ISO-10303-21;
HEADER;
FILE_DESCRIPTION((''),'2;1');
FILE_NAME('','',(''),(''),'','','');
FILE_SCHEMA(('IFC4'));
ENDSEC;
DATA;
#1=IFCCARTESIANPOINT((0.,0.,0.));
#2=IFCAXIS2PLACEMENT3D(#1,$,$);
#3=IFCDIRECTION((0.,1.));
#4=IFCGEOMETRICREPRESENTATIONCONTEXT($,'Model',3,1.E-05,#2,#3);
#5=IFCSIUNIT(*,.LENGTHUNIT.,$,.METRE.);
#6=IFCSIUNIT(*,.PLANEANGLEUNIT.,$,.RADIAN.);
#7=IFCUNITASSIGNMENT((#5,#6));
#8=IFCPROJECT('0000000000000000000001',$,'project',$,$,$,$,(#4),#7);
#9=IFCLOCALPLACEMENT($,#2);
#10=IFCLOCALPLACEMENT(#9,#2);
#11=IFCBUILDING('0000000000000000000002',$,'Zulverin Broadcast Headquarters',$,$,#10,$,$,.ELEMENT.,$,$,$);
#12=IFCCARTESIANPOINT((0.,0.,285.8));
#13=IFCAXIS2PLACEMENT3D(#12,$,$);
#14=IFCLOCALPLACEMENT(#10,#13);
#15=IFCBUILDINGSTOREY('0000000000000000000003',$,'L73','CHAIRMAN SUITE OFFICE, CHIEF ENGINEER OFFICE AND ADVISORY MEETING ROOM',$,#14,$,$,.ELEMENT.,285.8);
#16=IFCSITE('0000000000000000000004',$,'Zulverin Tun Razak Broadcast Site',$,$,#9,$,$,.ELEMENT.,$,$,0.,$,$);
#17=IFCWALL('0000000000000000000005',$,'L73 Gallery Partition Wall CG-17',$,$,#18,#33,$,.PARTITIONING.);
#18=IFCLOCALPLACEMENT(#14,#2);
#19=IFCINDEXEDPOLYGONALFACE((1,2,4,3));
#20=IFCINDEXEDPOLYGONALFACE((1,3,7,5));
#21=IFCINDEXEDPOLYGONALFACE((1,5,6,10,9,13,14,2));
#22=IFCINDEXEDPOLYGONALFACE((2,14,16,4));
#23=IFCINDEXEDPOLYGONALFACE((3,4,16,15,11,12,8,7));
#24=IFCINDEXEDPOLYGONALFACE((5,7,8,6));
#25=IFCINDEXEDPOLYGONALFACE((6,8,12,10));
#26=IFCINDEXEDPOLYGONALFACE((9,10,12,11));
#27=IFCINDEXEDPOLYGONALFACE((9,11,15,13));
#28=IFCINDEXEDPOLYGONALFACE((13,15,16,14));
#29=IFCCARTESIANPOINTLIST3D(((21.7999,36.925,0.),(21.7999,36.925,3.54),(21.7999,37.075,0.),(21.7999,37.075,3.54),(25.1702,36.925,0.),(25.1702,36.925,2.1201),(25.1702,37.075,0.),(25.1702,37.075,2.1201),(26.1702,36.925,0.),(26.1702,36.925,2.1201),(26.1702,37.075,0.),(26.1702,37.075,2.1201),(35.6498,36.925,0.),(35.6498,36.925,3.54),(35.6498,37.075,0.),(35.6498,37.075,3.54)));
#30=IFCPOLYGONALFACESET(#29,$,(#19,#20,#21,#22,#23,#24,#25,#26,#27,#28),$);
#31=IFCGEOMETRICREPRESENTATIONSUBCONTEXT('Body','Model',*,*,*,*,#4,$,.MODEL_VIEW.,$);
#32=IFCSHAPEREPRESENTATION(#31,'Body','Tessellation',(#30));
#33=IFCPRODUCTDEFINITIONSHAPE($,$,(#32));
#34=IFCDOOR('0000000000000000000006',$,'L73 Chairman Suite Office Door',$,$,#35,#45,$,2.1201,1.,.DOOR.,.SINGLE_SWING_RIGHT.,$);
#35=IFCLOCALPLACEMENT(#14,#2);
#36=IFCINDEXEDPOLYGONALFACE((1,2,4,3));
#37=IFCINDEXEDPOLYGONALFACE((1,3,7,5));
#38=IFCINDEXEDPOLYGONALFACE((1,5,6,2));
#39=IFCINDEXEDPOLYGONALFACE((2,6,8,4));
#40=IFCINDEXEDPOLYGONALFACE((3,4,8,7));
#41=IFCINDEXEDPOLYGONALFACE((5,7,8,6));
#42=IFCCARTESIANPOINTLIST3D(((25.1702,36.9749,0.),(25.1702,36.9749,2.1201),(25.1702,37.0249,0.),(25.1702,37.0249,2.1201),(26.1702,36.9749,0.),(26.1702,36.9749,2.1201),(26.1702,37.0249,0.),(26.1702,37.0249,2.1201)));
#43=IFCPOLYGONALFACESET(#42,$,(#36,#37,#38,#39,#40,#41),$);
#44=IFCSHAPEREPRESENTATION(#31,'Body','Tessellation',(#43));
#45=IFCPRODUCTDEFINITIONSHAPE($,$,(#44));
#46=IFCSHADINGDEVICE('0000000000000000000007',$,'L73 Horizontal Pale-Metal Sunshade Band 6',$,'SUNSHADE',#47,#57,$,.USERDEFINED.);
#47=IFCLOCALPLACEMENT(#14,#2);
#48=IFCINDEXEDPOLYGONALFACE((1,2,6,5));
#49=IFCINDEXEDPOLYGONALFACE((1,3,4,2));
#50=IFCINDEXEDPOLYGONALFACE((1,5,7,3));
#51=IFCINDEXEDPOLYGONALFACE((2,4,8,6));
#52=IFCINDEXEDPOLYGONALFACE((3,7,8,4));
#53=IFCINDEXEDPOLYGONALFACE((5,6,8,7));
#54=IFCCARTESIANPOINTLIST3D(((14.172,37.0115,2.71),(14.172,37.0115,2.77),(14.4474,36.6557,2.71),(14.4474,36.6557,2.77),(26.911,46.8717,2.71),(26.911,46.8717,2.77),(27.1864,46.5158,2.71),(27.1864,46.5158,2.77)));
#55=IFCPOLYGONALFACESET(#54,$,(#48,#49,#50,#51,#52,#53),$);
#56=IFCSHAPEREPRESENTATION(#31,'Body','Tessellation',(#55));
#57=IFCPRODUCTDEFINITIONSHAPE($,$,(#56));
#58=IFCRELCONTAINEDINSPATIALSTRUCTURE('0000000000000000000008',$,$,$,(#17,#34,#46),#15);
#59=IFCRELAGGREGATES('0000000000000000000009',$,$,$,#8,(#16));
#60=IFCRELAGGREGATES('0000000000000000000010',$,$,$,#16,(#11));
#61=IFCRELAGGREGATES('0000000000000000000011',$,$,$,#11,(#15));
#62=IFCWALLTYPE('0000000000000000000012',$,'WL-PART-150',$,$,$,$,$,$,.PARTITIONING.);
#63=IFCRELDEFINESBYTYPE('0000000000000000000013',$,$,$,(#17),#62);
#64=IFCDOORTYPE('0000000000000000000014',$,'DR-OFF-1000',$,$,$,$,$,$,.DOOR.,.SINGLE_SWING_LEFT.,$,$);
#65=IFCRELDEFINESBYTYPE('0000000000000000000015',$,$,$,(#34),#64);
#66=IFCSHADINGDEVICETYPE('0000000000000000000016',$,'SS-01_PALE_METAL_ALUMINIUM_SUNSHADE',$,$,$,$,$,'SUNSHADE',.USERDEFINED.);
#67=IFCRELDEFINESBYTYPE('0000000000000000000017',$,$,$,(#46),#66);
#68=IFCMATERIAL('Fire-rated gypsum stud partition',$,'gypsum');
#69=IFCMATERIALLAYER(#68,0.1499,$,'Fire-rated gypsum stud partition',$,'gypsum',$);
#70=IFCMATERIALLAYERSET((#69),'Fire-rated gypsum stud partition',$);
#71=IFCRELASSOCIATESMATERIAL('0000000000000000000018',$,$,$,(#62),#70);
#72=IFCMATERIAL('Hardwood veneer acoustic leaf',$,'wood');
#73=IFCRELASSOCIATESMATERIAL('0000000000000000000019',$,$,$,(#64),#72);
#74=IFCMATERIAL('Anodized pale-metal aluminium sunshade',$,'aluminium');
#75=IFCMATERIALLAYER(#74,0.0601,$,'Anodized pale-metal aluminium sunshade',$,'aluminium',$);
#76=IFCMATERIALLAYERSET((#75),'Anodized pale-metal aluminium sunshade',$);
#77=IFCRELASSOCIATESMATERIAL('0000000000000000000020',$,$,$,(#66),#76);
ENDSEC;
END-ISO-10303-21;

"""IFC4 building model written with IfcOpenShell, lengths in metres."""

from ifc_helpers import new_model, si_unit, direction, frame, frame_2d, origin, origin_2d, place, context, subcontext, project, spatial, rectangle, extrude, material, layer, layer_set, type_object, element, fill, save


model = new_model("IFC4")

# Units and contexts
model_context = context("Model", 3, precision=1e-05, world=origin(), true_north=direction((0.0, 1.0)))
body_context = subcontext(model_context, "Body", "Model", "MODEL_VIEW")
ifc_project = project(units=[si_unit("LENGTHUNIT", "METRE"), si_unit("PLANEANGLEUNIT", "RADIAN")], contexts=[model_context])

# Site, building, storey
site_placement = place(None, origin())
site = spatial("IfcSite", under=ifc_project, at=site_placement, Name="Zulverin Tun Razak Broadcast Site", CompositionType="ELEMENT", RefElevation=0.0)
building_placement = place(site_placement, origin())
building = spatial("IfcBuilding", under=site, at=building_placement, Name="Zulverin Broadcast Headquarters", CompositionType="ELEMENT")
storey_placement = place(building_placement, frame((0.0, 0.0, 285.8)))
storey = spatial("IfcBuildingStorey", under=building, at=storey_placement, Name="L73", Description="CHAIRMAN SUITE OFFICE, CHIEF ENGINEER OFFICE AND ADVISORY MEETING ROOM", CompositionType="ELEMENT", Elevation=285.8)

# Shared definitions
ifc_material_1 = material(Name="Fire-rated gypsum stud partition", Category="gypsum")
ifc_layer_1 = layer(ifc_material_1, 0.1499, Name="Fire-rated gypsum stud partition", Category="gypsum")
ifc_layer_set_1 = layer_set([ifc_layer_1], Name="Fire-rated gypsum stud partition")
wall_type_1 = type_object("IfcWallType", Name="WL-PART-150", PredefinedType="PARTITIONING", material=ifc_layer_set_1)

# Wall, opening, door
wall_1_placement = place(storey_placement, frame((21.8, 37.0, 0.0), z_axis=(0.0, 0.0, 1.0), x_axis=(1.0, 0.0, 0.0)))
wall_1 = element("IfcWall", 1, at=wall_1_placement, inside=storey, type_object=wall_type_1, Name="L73 Gallery Partition Wall CG-17", PredefinedType="PARTITIONING", context=body_context, shape_type="SweptSolid", body=[
    extrude(rectangle(XDim=13.8499, YDim=0.1499, at=frame_2d((6.9248, 0.0))), origin(), (0.0, 0.0, 1.0), 3.54),
])
opening_1_placement = place(wall_1_placement, frame((3.3701, 0.0, 0.0)))
opening_1 = element("IfcOpeningElement", 2, at=opening_1_placement, cuts=wall_1, PredefinedType="OPENING", context=body_context, shape_type="SweptSolid", body=[
    extrude(rectangle(XDim=1.0, YDim=2.1201, at=frame_2d((0.5, 1.0601))), frame((0.0, 0.085, 0.0), z_axis=(0.0, -1.0, 0.0), x_axis=(1.0, 0.0, 0.0)), (0.0, 0.0, 1.0), 0.1699),
])
ifc_material_2 = material(Name="Hardwood veneer acoustic leaf", Category="wood")
door_type_1 = type_object("IfcDoorType", Name="DR-OFF-1000", OperationType="SINGLE_SWING_LEFT", PredefinedType="DOOR", material=ifc_material_2)
door_1_placement = place(opening_1_placement, origin())
door_1 = element("IfcDoor", 3, at=door_1_placement, inside=storey, type_object=door_type_1, Name="L73 Chairman Suite Office Door", OperationType="SINGLE_SWING_RIGHT", OverallHeight=2.1201, OverallWidth=1.0, PredefinedType="DOOR", context=body_context, shape_type="SweptSolid", body=[
    extrude(rectangle(XDim=1.0, YDim=2.1201, at=frame_2d((0.5, 1.0601))), frame((0.0, 0.0249, 0.0), z_axis=(0.0, -1.0, 0.0), x_axis=(1.0, 0.0, 0.0)), (0.0, 0.0, 1.0), 0.05),
])
fill(opening_1, door_1)

# Shading device
ifc_material_3 = material(Name="Anodized pale-metal aluminium sunshade", Category="aluminium")
ifc_layer_2 = layer(ifc_material_3, 0.0601, Name="Anodized pale-metal aluminium sunshade", Category="aluminium")
ifc_layer_set_2 = layer_set([ifc_layer_2], Name="Anodized pale-metal aluminium sunshade")
shading_device_type = type_object("IfcShadingDeviceType", Name="SS-01_PALE_METAL_ALUMINIUM_SUNSHADE", ElementType="SUNSHADE", PredefinedType="USERDEFINED", material=ifc_layer_set_2)
shading_device_placement = place(storey_placement, frame((20.6792, 41.7637, 2.71), z_axis=(0.0, 0.0, 1.0), x_axis=(-0.790792, -0.612085, 0.0)))
element("IfcShadingDevice", 4, at=shading_device_placement, inside=storey, type_object=shading_device_type, Name="L73 Horizontal Pale-Metal Sunshade Band 6", ObjectType="SUNSHADE", PredefinedType="USERDEFINED", context=body_context, shape_type="SweptSolid", body=[
    extrude(rectangle(XDim=16.1091, YDim=0.45, at=origin_2d()), origin(), (0.0, 0.0, 1.0), 0.0601),
])

save(model, "model.ifc")
